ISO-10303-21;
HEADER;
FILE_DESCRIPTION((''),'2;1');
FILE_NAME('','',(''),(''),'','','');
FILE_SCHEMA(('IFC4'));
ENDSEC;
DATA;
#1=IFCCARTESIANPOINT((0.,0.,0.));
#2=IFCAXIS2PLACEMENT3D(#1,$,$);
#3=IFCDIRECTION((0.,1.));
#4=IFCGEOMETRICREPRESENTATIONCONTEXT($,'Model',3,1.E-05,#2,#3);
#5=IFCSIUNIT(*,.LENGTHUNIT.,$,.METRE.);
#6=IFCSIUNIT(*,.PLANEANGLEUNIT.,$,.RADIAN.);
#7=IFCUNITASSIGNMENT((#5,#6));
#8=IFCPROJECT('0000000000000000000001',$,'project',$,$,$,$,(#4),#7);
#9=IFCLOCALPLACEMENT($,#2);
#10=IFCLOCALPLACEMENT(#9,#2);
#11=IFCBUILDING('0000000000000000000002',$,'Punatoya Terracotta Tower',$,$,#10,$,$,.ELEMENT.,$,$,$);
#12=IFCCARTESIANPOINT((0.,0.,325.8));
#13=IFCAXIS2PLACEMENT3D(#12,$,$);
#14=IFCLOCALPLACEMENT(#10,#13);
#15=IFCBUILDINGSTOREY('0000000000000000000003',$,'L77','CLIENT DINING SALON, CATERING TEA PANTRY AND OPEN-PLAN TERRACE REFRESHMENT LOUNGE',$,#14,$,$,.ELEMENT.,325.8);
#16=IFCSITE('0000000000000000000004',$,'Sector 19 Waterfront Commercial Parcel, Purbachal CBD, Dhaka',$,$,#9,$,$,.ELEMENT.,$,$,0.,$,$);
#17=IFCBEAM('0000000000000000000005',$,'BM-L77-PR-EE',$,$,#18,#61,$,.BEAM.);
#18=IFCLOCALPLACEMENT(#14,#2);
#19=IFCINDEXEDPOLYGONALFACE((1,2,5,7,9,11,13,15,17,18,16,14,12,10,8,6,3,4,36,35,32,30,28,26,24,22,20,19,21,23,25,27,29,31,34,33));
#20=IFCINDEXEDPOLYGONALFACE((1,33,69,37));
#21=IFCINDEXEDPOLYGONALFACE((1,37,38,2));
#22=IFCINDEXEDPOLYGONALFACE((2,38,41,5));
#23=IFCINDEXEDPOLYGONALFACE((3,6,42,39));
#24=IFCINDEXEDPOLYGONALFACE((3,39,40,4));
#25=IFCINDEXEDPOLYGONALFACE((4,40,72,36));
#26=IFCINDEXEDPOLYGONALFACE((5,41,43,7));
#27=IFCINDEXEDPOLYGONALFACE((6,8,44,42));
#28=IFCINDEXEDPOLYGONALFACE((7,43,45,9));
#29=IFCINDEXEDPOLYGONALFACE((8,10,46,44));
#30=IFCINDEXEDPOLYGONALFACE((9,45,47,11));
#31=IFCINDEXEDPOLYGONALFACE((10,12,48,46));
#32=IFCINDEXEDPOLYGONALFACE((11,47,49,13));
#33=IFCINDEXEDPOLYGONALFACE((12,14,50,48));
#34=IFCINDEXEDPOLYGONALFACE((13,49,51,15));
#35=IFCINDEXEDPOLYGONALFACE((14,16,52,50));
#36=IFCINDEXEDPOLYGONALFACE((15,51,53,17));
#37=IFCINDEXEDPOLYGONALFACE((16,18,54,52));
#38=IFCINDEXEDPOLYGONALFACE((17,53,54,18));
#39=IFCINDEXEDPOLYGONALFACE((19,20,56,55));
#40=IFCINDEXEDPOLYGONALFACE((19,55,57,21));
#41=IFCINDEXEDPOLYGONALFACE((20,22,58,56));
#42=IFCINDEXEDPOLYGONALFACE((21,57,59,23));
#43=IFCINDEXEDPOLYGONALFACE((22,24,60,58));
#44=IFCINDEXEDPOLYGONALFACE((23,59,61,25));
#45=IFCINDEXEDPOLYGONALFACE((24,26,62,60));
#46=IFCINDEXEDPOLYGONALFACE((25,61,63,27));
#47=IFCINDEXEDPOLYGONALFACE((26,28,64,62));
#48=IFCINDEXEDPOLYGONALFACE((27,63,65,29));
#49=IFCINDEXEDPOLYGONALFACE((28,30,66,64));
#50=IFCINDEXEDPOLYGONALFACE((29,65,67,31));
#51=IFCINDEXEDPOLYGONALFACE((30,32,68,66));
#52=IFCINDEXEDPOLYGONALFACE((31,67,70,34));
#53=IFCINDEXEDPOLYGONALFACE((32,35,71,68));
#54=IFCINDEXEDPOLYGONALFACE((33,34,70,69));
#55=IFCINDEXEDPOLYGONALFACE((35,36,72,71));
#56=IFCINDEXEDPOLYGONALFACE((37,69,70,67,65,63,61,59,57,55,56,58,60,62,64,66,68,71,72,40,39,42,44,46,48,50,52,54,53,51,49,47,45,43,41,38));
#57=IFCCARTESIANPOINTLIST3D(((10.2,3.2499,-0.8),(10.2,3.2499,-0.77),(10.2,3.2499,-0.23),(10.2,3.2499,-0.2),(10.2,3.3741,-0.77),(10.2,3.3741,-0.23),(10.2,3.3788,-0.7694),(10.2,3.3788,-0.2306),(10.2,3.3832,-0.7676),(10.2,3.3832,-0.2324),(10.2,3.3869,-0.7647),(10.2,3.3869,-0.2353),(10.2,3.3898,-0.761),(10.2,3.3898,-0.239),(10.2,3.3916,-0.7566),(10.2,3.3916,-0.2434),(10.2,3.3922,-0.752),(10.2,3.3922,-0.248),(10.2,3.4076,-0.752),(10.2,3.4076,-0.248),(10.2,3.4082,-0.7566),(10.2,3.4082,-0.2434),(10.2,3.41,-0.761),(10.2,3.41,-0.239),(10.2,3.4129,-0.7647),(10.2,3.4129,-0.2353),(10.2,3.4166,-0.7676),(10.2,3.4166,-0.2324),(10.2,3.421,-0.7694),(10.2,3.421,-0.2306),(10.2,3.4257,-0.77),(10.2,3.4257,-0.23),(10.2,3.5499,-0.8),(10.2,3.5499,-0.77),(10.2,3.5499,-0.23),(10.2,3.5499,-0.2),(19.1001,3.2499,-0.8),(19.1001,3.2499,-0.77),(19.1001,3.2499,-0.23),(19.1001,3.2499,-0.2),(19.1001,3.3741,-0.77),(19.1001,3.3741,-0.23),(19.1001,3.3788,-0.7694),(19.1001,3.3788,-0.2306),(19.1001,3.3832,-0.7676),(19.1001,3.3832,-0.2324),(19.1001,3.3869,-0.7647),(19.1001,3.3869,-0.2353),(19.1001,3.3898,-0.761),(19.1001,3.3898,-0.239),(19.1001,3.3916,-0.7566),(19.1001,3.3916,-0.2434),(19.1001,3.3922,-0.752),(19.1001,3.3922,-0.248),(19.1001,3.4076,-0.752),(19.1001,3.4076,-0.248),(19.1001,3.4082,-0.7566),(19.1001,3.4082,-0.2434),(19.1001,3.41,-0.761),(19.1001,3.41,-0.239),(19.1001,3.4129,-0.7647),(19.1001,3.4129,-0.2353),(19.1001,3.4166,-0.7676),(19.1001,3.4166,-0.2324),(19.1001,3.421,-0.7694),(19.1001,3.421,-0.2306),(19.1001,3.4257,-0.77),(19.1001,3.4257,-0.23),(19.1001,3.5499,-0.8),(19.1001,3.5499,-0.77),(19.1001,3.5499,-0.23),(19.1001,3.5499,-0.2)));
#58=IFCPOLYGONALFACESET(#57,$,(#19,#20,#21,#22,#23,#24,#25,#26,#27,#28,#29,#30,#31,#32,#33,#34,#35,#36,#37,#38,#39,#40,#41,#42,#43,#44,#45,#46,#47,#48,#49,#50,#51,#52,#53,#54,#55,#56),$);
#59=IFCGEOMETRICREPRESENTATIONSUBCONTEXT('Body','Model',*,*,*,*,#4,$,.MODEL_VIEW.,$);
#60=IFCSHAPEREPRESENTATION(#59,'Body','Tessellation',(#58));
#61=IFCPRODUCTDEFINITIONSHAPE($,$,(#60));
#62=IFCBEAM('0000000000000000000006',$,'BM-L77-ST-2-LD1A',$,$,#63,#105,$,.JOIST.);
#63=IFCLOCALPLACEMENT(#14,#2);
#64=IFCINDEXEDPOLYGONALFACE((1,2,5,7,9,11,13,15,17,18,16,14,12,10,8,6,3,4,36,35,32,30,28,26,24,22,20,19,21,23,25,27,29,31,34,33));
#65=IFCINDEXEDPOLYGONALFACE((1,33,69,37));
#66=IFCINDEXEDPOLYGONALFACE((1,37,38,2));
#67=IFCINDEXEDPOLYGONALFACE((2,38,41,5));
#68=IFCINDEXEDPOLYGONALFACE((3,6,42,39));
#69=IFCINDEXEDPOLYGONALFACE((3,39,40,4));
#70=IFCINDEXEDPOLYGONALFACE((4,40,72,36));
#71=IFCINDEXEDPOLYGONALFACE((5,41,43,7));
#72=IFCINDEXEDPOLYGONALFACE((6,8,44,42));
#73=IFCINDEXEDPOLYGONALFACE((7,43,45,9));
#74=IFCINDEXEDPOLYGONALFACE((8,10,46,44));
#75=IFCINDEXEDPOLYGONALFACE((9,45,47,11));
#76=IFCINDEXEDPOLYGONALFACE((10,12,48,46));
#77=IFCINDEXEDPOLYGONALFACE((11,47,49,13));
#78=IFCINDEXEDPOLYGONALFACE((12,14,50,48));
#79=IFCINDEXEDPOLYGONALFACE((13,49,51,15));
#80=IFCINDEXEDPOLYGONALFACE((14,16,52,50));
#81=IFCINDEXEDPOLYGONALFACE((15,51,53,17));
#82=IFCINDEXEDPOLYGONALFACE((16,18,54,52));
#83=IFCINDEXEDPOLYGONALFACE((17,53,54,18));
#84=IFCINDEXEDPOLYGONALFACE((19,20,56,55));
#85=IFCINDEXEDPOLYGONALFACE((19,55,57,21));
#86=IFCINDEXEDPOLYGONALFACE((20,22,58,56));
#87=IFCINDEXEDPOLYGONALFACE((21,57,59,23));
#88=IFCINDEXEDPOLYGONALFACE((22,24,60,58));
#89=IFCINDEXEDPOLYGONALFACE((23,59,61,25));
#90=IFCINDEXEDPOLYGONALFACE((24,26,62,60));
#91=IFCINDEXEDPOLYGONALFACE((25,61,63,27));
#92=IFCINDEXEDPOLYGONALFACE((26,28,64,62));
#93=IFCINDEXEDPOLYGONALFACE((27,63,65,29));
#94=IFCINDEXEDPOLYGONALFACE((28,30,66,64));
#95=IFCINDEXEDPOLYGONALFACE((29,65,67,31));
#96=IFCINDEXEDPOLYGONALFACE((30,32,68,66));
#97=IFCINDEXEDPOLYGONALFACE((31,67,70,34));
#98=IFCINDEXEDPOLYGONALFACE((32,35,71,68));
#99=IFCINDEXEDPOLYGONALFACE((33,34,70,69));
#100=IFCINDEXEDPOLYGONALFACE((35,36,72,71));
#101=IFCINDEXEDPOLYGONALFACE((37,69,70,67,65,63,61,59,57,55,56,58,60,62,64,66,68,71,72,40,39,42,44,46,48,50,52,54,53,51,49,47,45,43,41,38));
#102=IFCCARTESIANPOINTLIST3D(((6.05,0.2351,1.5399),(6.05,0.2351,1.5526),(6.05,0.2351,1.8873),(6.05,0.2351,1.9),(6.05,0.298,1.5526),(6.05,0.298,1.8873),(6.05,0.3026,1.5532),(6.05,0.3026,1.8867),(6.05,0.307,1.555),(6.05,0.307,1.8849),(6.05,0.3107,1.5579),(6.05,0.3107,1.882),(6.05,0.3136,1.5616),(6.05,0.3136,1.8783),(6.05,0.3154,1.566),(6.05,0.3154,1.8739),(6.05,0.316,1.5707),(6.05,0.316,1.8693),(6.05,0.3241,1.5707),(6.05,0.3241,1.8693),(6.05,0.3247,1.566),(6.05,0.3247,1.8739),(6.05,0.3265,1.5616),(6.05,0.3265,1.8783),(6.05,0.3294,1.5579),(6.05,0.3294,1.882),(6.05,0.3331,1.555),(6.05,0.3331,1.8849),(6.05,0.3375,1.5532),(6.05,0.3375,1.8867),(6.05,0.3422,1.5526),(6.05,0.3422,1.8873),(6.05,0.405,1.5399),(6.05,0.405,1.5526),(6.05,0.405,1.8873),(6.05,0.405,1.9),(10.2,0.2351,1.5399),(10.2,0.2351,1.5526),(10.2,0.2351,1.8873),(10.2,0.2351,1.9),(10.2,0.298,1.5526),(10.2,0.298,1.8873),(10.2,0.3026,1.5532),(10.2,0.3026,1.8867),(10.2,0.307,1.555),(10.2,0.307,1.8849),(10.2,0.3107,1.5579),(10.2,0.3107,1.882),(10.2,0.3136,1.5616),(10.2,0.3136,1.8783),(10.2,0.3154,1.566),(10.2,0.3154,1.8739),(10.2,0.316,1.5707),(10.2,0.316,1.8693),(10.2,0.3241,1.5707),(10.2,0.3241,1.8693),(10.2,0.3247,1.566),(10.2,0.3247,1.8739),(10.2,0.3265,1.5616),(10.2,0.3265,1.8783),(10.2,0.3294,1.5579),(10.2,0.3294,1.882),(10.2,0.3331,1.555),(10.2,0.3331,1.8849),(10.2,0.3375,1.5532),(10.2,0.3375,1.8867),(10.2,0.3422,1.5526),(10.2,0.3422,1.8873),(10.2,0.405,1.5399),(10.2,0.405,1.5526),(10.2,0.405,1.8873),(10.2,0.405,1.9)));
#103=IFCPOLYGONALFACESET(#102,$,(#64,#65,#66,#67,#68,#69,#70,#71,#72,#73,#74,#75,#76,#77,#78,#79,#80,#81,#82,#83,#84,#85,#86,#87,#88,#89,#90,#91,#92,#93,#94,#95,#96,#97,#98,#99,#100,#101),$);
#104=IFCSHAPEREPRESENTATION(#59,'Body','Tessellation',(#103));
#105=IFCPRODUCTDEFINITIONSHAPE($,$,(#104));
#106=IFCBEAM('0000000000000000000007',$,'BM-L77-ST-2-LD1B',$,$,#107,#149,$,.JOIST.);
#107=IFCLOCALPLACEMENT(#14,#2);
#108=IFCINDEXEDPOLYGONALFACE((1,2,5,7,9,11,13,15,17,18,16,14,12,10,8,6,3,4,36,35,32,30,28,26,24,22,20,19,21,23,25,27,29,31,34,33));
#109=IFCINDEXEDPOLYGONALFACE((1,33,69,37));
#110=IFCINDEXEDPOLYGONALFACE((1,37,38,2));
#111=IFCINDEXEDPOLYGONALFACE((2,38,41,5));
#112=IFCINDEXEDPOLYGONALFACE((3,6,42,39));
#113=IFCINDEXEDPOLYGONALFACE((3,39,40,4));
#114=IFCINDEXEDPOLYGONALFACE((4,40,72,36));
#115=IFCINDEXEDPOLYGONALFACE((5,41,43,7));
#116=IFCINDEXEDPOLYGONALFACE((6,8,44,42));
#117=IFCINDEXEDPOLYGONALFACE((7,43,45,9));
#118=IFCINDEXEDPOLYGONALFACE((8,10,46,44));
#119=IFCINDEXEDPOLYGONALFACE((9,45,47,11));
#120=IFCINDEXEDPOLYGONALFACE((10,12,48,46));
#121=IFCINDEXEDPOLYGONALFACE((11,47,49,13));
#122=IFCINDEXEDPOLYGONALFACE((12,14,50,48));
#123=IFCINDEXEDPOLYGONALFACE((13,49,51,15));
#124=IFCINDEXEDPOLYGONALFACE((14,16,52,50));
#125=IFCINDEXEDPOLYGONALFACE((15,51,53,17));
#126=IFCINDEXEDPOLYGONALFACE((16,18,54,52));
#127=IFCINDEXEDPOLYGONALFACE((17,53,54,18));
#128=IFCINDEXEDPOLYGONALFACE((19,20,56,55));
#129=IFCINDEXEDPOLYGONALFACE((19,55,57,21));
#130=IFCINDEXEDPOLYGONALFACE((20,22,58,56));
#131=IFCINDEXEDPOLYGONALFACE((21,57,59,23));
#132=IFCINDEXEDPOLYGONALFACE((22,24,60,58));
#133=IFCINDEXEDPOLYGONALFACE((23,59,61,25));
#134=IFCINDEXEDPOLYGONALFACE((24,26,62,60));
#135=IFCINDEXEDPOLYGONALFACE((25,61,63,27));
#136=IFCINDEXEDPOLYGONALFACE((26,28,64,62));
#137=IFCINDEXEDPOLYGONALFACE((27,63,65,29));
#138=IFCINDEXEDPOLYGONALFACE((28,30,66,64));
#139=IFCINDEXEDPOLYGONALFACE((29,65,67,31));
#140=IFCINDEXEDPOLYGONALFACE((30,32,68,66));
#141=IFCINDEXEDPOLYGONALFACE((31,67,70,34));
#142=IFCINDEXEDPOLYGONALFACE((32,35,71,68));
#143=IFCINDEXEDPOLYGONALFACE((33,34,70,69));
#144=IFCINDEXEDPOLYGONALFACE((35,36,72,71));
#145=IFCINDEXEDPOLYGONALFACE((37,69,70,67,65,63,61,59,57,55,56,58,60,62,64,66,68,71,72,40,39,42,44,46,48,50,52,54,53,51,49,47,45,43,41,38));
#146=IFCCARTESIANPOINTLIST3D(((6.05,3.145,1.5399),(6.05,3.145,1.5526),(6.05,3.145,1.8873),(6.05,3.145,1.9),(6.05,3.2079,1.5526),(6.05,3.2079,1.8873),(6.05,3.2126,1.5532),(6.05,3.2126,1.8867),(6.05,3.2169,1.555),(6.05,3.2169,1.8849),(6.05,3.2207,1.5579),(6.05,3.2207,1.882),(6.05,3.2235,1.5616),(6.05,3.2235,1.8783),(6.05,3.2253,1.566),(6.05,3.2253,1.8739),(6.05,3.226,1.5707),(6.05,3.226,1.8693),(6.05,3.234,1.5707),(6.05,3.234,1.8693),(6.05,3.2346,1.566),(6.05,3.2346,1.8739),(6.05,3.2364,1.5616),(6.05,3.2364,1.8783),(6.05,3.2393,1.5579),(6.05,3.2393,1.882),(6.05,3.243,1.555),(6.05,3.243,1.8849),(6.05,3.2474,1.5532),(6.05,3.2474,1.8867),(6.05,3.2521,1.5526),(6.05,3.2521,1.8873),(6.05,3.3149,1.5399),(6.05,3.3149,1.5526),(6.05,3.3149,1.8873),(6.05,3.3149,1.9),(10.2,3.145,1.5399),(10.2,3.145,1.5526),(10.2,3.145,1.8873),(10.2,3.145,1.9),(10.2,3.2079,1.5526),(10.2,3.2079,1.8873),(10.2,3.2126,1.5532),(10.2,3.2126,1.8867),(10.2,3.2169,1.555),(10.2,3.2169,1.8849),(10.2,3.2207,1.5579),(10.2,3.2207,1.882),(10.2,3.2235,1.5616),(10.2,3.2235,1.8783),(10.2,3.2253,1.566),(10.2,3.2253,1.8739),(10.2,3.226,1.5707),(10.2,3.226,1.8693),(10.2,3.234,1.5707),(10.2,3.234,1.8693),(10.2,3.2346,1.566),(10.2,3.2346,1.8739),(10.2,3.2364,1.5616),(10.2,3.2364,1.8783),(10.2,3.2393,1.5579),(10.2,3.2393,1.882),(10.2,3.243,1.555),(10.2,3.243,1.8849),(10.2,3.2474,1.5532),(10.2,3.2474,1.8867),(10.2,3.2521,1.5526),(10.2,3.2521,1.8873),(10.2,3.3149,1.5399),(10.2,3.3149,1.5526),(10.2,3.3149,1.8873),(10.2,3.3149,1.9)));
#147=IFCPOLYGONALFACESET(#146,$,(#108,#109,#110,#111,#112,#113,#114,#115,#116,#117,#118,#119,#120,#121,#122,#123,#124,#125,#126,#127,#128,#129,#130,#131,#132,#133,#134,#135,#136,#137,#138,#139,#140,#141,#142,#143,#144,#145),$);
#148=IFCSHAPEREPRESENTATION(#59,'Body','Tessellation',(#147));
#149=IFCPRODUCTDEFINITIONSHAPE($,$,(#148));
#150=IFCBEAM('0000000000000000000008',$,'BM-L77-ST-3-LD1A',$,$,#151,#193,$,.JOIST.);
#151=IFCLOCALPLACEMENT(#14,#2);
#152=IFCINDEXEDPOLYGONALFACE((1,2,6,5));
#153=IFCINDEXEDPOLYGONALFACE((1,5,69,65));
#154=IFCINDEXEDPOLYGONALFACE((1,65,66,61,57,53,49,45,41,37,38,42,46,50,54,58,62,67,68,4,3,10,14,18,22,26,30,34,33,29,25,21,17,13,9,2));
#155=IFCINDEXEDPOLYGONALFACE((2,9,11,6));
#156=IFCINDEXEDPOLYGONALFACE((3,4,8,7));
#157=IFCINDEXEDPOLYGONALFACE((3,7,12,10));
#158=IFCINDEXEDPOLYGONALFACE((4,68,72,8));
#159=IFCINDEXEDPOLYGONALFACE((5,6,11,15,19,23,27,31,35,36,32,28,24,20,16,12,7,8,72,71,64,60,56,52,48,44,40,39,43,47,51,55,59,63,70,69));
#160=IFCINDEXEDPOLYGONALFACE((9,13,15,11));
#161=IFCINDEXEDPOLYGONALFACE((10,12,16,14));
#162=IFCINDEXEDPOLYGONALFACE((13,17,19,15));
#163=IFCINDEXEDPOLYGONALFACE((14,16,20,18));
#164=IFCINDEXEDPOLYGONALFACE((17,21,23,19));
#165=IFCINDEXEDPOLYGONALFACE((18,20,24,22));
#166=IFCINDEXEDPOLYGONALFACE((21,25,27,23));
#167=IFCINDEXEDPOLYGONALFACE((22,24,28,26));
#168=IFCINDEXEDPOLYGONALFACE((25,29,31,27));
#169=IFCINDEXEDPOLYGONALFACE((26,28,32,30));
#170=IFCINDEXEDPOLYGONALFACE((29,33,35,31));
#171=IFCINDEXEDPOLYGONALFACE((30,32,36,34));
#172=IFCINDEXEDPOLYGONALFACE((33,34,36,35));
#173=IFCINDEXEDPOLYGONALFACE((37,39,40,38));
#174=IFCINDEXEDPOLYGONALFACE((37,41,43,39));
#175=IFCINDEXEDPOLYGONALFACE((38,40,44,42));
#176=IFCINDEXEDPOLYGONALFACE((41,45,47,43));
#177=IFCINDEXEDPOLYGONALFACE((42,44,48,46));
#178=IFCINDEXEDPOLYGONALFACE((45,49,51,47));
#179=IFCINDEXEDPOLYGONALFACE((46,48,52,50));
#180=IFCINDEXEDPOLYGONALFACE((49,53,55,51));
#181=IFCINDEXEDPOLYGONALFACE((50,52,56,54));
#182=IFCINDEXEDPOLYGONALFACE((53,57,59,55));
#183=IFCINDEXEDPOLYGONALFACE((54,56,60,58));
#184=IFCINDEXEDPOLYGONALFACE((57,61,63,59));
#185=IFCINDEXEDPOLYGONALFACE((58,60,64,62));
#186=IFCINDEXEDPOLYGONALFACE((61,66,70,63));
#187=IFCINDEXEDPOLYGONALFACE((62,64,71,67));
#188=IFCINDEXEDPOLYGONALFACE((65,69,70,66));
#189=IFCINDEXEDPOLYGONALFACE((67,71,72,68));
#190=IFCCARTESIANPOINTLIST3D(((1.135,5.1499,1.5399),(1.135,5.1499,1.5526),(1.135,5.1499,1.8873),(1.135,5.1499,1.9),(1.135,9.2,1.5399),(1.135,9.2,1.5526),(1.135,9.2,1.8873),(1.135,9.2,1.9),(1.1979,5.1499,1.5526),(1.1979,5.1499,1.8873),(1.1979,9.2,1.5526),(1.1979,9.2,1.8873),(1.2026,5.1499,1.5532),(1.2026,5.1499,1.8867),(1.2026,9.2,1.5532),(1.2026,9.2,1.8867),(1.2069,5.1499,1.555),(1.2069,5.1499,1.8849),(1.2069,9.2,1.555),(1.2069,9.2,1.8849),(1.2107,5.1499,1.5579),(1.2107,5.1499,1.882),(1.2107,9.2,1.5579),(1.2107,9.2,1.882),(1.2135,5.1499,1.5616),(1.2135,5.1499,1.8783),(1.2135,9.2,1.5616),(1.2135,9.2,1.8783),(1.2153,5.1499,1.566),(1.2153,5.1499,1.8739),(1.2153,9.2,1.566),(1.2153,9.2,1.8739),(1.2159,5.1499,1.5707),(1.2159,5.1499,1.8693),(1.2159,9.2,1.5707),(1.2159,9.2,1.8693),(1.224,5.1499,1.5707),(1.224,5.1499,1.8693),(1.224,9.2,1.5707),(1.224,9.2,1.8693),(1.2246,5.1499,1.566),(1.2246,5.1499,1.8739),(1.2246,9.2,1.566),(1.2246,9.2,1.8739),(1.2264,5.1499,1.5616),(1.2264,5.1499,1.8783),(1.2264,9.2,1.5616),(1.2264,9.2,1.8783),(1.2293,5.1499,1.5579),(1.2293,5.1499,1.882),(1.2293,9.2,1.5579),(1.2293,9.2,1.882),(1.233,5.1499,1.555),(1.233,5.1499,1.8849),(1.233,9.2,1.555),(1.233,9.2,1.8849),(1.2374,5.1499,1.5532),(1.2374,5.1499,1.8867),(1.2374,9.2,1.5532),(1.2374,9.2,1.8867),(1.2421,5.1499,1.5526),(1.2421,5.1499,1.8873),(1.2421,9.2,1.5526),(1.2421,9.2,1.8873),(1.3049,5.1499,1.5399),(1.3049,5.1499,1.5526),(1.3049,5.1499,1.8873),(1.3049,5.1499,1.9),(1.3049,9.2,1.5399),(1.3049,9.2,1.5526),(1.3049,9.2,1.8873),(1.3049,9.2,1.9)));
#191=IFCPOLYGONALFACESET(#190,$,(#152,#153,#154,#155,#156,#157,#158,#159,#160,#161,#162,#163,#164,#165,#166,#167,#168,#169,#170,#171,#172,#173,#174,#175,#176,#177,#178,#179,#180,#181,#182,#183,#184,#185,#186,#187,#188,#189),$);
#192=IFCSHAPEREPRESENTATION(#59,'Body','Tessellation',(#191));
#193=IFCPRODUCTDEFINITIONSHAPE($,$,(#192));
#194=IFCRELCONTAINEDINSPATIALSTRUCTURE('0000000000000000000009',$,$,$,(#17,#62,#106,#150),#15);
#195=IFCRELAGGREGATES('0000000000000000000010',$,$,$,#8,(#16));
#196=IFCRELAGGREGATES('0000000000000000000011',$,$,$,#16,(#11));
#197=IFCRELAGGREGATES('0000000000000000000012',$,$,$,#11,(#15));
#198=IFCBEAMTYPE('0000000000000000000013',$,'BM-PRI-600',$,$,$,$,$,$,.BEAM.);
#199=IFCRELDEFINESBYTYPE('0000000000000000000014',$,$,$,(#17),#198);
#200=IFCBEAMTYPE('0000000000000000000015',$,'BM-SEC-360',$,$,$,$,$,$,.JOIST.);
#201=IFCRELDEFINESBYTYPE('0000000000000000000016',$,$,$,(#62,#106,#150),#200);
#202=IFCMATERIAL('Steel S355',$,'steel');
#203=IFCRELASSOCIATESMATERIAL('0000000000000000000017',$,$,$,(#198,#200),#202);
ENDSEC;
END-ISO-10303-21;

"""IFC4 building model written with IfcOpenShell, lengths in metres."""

from ifc_helpers import new_model, si_unit, direction, frame, origin, origin_2d, place, context, subcontext, project, spatial, i_section, extrude, material, material_profile, profile_set, type_object, element, save


model = new_model("IFC4")

# Units and contexts
model_context = context("Model", 3, precision=1e-05, world=origin(), true_north=direction((0.0, 1.0)))
body_context = subcontext(model_context, "Body", "Model", "MODEL_VIEW")
ifc_project = project(units=[si_unit("LENGTHUNIT", "METRE"), si_unit("PLANEANGLEUNIT", "RADIAN")], contexts=[model_context])

# Site, building, storey
site_placement = place(None, origin())
site = spatial("IfcSite", under=ifc_project, at=site_placement, Name="Sector 19 Waterfront Commercial Parcel, Purbachal CBD, Dhaka", CompositionType="ELEMENT", RefElevation=0.0)
building_placement = place(site_placement, origin())
building = spatial("IfcBuilding", under=site, at=building_placement, Name="Punatoya Terracotta Tower", CompositionType="ELEMENT")
storey_placement = place(building_placement, frame((0.0, 0.0, 325.8)))
storey = spatial("IfcBuildingStorey", under=building, at=storey_placement, Name="L77", Description="CLIENT DINING SALON, CATERING TEA PANTRY AND OPEN-PLAN TERRACE REFRESHMENT LOUNGE", CompositionType="ELEMENT", Elevation=325.8)

# Beams
ifc_material_1 = material(Name="Steel S355", Category="steel")
ifc_material_profile_1 = material_profile(ifc_material_1, i_section(OverallWidth=0.3, OverallDepth=0.6001, WebThickness=0.0154, FlangeThickness=0.03, FilletRadius=0.0181, at=origin_2d()))
ifc_profile_set_1 = profile_set([ifc_material_profile_1], Name="Steel S355")
beam_type_1 = type_object("IfcBeamType", Name="BM-PRI-600", PredefinedType="BEAM", material=ifc_profile_set_1)
beam_placement = place(storey_placement, frame((10.2, 3.3999, -0.5), z_axis=(1.0, 0.0, 0.0), x_axis=(0.0, 1.0, 0.0)))
element("IfcBeam", 1, at=beam_placement, inside=storey, type_object=beam_type_1, Name="BM-L77-PR-EE", PredefinedType="BEAM", context=body_context, shape_type="SweptSolid", body=[
    extrude(i_section(OverallWidth=0.3, OverallDepth=0.6001, WebThickness=0.0154, FlangeThickness=0.03, FilletRadius=0.0181, at=origin_2d()), origin(), (0.0, 0.0, 1.0), 8.9001),
])
ifc_material_profile_2 = material_profile(ifc_material_1, i_section(OverallWidth=0.1699, OverallDepth=0.3601, WebThickness=0.0081, FlangeThickness=0.0127, FilletRadius=0.0181, at=origin_2d()))
ifc_profile_set_2 = profile_set([ifc_material_profile_2], Name="Steel S355")
beam_type_2 = type_object("IfcBeamType", Name="BM-SEC-360", PredefinedType="JOIST", material=ifc_profile_set_2)
for number, where, z_axis, x_axis, name in (
    (2, (6.05, 0.3201, 1.72), (1.0, 0.0, 0.0), (0.0, 1.0, 0.0), "BM-L77-ST-2-LD1A"),
    (3, (6.05, 3.23, 1.72), (1.0, 0.0, 0.0), (0.0, 1.0, 0.0), "BM-L77-ST-2-LD1B"),
):
    element("IfcBeam", number, at=place(storey_placement, frame(where, z_axis=z_axis, x_axis=x_axis)), inside=storey, type_object=beam_type_2, Name=name, PredefinedType="JOIST", context=body_context, shape_type="SweptSolid", body=[
        extrude(i_section(OverallWidth=0.1699, OverallDepth=0.3601, WebThickness=0.0081, FlangeThickness=0.0127, FilletRadius=0.0181, at=origin_2d()), origin(), (0.0, 0.0, 1.0), 4.1499),
    ])
for number, where, z_axis, x_axis, name in (
    (4, (1.22, 5.1499, 1.72), (0.0, 1.0, 0.0), (-1.0, 0.0, 0.0), "BM-L77-ST-3-LD1A"),
):
    element("IfcBeam", number, at=place(storey_placement, frame(where, z_axis=z_axis, x_axis=x_axis)), inside=storey, type_object=beam_type_2, Name=name, PredefinedType="JOIST", context=body_context, shape_type="SweptSolid", body=[
        extrude(i_section(OverallWidth=0.1699, OverallDepth=0.3601, WebThickness=0.0081, FlangeThickness=0.0127, FilletRadius=0.0181, at=origin_2d()), origin(), (0.0, 0.0, 1.0), 4.05),
    ])

save(model, "model.ifc")
